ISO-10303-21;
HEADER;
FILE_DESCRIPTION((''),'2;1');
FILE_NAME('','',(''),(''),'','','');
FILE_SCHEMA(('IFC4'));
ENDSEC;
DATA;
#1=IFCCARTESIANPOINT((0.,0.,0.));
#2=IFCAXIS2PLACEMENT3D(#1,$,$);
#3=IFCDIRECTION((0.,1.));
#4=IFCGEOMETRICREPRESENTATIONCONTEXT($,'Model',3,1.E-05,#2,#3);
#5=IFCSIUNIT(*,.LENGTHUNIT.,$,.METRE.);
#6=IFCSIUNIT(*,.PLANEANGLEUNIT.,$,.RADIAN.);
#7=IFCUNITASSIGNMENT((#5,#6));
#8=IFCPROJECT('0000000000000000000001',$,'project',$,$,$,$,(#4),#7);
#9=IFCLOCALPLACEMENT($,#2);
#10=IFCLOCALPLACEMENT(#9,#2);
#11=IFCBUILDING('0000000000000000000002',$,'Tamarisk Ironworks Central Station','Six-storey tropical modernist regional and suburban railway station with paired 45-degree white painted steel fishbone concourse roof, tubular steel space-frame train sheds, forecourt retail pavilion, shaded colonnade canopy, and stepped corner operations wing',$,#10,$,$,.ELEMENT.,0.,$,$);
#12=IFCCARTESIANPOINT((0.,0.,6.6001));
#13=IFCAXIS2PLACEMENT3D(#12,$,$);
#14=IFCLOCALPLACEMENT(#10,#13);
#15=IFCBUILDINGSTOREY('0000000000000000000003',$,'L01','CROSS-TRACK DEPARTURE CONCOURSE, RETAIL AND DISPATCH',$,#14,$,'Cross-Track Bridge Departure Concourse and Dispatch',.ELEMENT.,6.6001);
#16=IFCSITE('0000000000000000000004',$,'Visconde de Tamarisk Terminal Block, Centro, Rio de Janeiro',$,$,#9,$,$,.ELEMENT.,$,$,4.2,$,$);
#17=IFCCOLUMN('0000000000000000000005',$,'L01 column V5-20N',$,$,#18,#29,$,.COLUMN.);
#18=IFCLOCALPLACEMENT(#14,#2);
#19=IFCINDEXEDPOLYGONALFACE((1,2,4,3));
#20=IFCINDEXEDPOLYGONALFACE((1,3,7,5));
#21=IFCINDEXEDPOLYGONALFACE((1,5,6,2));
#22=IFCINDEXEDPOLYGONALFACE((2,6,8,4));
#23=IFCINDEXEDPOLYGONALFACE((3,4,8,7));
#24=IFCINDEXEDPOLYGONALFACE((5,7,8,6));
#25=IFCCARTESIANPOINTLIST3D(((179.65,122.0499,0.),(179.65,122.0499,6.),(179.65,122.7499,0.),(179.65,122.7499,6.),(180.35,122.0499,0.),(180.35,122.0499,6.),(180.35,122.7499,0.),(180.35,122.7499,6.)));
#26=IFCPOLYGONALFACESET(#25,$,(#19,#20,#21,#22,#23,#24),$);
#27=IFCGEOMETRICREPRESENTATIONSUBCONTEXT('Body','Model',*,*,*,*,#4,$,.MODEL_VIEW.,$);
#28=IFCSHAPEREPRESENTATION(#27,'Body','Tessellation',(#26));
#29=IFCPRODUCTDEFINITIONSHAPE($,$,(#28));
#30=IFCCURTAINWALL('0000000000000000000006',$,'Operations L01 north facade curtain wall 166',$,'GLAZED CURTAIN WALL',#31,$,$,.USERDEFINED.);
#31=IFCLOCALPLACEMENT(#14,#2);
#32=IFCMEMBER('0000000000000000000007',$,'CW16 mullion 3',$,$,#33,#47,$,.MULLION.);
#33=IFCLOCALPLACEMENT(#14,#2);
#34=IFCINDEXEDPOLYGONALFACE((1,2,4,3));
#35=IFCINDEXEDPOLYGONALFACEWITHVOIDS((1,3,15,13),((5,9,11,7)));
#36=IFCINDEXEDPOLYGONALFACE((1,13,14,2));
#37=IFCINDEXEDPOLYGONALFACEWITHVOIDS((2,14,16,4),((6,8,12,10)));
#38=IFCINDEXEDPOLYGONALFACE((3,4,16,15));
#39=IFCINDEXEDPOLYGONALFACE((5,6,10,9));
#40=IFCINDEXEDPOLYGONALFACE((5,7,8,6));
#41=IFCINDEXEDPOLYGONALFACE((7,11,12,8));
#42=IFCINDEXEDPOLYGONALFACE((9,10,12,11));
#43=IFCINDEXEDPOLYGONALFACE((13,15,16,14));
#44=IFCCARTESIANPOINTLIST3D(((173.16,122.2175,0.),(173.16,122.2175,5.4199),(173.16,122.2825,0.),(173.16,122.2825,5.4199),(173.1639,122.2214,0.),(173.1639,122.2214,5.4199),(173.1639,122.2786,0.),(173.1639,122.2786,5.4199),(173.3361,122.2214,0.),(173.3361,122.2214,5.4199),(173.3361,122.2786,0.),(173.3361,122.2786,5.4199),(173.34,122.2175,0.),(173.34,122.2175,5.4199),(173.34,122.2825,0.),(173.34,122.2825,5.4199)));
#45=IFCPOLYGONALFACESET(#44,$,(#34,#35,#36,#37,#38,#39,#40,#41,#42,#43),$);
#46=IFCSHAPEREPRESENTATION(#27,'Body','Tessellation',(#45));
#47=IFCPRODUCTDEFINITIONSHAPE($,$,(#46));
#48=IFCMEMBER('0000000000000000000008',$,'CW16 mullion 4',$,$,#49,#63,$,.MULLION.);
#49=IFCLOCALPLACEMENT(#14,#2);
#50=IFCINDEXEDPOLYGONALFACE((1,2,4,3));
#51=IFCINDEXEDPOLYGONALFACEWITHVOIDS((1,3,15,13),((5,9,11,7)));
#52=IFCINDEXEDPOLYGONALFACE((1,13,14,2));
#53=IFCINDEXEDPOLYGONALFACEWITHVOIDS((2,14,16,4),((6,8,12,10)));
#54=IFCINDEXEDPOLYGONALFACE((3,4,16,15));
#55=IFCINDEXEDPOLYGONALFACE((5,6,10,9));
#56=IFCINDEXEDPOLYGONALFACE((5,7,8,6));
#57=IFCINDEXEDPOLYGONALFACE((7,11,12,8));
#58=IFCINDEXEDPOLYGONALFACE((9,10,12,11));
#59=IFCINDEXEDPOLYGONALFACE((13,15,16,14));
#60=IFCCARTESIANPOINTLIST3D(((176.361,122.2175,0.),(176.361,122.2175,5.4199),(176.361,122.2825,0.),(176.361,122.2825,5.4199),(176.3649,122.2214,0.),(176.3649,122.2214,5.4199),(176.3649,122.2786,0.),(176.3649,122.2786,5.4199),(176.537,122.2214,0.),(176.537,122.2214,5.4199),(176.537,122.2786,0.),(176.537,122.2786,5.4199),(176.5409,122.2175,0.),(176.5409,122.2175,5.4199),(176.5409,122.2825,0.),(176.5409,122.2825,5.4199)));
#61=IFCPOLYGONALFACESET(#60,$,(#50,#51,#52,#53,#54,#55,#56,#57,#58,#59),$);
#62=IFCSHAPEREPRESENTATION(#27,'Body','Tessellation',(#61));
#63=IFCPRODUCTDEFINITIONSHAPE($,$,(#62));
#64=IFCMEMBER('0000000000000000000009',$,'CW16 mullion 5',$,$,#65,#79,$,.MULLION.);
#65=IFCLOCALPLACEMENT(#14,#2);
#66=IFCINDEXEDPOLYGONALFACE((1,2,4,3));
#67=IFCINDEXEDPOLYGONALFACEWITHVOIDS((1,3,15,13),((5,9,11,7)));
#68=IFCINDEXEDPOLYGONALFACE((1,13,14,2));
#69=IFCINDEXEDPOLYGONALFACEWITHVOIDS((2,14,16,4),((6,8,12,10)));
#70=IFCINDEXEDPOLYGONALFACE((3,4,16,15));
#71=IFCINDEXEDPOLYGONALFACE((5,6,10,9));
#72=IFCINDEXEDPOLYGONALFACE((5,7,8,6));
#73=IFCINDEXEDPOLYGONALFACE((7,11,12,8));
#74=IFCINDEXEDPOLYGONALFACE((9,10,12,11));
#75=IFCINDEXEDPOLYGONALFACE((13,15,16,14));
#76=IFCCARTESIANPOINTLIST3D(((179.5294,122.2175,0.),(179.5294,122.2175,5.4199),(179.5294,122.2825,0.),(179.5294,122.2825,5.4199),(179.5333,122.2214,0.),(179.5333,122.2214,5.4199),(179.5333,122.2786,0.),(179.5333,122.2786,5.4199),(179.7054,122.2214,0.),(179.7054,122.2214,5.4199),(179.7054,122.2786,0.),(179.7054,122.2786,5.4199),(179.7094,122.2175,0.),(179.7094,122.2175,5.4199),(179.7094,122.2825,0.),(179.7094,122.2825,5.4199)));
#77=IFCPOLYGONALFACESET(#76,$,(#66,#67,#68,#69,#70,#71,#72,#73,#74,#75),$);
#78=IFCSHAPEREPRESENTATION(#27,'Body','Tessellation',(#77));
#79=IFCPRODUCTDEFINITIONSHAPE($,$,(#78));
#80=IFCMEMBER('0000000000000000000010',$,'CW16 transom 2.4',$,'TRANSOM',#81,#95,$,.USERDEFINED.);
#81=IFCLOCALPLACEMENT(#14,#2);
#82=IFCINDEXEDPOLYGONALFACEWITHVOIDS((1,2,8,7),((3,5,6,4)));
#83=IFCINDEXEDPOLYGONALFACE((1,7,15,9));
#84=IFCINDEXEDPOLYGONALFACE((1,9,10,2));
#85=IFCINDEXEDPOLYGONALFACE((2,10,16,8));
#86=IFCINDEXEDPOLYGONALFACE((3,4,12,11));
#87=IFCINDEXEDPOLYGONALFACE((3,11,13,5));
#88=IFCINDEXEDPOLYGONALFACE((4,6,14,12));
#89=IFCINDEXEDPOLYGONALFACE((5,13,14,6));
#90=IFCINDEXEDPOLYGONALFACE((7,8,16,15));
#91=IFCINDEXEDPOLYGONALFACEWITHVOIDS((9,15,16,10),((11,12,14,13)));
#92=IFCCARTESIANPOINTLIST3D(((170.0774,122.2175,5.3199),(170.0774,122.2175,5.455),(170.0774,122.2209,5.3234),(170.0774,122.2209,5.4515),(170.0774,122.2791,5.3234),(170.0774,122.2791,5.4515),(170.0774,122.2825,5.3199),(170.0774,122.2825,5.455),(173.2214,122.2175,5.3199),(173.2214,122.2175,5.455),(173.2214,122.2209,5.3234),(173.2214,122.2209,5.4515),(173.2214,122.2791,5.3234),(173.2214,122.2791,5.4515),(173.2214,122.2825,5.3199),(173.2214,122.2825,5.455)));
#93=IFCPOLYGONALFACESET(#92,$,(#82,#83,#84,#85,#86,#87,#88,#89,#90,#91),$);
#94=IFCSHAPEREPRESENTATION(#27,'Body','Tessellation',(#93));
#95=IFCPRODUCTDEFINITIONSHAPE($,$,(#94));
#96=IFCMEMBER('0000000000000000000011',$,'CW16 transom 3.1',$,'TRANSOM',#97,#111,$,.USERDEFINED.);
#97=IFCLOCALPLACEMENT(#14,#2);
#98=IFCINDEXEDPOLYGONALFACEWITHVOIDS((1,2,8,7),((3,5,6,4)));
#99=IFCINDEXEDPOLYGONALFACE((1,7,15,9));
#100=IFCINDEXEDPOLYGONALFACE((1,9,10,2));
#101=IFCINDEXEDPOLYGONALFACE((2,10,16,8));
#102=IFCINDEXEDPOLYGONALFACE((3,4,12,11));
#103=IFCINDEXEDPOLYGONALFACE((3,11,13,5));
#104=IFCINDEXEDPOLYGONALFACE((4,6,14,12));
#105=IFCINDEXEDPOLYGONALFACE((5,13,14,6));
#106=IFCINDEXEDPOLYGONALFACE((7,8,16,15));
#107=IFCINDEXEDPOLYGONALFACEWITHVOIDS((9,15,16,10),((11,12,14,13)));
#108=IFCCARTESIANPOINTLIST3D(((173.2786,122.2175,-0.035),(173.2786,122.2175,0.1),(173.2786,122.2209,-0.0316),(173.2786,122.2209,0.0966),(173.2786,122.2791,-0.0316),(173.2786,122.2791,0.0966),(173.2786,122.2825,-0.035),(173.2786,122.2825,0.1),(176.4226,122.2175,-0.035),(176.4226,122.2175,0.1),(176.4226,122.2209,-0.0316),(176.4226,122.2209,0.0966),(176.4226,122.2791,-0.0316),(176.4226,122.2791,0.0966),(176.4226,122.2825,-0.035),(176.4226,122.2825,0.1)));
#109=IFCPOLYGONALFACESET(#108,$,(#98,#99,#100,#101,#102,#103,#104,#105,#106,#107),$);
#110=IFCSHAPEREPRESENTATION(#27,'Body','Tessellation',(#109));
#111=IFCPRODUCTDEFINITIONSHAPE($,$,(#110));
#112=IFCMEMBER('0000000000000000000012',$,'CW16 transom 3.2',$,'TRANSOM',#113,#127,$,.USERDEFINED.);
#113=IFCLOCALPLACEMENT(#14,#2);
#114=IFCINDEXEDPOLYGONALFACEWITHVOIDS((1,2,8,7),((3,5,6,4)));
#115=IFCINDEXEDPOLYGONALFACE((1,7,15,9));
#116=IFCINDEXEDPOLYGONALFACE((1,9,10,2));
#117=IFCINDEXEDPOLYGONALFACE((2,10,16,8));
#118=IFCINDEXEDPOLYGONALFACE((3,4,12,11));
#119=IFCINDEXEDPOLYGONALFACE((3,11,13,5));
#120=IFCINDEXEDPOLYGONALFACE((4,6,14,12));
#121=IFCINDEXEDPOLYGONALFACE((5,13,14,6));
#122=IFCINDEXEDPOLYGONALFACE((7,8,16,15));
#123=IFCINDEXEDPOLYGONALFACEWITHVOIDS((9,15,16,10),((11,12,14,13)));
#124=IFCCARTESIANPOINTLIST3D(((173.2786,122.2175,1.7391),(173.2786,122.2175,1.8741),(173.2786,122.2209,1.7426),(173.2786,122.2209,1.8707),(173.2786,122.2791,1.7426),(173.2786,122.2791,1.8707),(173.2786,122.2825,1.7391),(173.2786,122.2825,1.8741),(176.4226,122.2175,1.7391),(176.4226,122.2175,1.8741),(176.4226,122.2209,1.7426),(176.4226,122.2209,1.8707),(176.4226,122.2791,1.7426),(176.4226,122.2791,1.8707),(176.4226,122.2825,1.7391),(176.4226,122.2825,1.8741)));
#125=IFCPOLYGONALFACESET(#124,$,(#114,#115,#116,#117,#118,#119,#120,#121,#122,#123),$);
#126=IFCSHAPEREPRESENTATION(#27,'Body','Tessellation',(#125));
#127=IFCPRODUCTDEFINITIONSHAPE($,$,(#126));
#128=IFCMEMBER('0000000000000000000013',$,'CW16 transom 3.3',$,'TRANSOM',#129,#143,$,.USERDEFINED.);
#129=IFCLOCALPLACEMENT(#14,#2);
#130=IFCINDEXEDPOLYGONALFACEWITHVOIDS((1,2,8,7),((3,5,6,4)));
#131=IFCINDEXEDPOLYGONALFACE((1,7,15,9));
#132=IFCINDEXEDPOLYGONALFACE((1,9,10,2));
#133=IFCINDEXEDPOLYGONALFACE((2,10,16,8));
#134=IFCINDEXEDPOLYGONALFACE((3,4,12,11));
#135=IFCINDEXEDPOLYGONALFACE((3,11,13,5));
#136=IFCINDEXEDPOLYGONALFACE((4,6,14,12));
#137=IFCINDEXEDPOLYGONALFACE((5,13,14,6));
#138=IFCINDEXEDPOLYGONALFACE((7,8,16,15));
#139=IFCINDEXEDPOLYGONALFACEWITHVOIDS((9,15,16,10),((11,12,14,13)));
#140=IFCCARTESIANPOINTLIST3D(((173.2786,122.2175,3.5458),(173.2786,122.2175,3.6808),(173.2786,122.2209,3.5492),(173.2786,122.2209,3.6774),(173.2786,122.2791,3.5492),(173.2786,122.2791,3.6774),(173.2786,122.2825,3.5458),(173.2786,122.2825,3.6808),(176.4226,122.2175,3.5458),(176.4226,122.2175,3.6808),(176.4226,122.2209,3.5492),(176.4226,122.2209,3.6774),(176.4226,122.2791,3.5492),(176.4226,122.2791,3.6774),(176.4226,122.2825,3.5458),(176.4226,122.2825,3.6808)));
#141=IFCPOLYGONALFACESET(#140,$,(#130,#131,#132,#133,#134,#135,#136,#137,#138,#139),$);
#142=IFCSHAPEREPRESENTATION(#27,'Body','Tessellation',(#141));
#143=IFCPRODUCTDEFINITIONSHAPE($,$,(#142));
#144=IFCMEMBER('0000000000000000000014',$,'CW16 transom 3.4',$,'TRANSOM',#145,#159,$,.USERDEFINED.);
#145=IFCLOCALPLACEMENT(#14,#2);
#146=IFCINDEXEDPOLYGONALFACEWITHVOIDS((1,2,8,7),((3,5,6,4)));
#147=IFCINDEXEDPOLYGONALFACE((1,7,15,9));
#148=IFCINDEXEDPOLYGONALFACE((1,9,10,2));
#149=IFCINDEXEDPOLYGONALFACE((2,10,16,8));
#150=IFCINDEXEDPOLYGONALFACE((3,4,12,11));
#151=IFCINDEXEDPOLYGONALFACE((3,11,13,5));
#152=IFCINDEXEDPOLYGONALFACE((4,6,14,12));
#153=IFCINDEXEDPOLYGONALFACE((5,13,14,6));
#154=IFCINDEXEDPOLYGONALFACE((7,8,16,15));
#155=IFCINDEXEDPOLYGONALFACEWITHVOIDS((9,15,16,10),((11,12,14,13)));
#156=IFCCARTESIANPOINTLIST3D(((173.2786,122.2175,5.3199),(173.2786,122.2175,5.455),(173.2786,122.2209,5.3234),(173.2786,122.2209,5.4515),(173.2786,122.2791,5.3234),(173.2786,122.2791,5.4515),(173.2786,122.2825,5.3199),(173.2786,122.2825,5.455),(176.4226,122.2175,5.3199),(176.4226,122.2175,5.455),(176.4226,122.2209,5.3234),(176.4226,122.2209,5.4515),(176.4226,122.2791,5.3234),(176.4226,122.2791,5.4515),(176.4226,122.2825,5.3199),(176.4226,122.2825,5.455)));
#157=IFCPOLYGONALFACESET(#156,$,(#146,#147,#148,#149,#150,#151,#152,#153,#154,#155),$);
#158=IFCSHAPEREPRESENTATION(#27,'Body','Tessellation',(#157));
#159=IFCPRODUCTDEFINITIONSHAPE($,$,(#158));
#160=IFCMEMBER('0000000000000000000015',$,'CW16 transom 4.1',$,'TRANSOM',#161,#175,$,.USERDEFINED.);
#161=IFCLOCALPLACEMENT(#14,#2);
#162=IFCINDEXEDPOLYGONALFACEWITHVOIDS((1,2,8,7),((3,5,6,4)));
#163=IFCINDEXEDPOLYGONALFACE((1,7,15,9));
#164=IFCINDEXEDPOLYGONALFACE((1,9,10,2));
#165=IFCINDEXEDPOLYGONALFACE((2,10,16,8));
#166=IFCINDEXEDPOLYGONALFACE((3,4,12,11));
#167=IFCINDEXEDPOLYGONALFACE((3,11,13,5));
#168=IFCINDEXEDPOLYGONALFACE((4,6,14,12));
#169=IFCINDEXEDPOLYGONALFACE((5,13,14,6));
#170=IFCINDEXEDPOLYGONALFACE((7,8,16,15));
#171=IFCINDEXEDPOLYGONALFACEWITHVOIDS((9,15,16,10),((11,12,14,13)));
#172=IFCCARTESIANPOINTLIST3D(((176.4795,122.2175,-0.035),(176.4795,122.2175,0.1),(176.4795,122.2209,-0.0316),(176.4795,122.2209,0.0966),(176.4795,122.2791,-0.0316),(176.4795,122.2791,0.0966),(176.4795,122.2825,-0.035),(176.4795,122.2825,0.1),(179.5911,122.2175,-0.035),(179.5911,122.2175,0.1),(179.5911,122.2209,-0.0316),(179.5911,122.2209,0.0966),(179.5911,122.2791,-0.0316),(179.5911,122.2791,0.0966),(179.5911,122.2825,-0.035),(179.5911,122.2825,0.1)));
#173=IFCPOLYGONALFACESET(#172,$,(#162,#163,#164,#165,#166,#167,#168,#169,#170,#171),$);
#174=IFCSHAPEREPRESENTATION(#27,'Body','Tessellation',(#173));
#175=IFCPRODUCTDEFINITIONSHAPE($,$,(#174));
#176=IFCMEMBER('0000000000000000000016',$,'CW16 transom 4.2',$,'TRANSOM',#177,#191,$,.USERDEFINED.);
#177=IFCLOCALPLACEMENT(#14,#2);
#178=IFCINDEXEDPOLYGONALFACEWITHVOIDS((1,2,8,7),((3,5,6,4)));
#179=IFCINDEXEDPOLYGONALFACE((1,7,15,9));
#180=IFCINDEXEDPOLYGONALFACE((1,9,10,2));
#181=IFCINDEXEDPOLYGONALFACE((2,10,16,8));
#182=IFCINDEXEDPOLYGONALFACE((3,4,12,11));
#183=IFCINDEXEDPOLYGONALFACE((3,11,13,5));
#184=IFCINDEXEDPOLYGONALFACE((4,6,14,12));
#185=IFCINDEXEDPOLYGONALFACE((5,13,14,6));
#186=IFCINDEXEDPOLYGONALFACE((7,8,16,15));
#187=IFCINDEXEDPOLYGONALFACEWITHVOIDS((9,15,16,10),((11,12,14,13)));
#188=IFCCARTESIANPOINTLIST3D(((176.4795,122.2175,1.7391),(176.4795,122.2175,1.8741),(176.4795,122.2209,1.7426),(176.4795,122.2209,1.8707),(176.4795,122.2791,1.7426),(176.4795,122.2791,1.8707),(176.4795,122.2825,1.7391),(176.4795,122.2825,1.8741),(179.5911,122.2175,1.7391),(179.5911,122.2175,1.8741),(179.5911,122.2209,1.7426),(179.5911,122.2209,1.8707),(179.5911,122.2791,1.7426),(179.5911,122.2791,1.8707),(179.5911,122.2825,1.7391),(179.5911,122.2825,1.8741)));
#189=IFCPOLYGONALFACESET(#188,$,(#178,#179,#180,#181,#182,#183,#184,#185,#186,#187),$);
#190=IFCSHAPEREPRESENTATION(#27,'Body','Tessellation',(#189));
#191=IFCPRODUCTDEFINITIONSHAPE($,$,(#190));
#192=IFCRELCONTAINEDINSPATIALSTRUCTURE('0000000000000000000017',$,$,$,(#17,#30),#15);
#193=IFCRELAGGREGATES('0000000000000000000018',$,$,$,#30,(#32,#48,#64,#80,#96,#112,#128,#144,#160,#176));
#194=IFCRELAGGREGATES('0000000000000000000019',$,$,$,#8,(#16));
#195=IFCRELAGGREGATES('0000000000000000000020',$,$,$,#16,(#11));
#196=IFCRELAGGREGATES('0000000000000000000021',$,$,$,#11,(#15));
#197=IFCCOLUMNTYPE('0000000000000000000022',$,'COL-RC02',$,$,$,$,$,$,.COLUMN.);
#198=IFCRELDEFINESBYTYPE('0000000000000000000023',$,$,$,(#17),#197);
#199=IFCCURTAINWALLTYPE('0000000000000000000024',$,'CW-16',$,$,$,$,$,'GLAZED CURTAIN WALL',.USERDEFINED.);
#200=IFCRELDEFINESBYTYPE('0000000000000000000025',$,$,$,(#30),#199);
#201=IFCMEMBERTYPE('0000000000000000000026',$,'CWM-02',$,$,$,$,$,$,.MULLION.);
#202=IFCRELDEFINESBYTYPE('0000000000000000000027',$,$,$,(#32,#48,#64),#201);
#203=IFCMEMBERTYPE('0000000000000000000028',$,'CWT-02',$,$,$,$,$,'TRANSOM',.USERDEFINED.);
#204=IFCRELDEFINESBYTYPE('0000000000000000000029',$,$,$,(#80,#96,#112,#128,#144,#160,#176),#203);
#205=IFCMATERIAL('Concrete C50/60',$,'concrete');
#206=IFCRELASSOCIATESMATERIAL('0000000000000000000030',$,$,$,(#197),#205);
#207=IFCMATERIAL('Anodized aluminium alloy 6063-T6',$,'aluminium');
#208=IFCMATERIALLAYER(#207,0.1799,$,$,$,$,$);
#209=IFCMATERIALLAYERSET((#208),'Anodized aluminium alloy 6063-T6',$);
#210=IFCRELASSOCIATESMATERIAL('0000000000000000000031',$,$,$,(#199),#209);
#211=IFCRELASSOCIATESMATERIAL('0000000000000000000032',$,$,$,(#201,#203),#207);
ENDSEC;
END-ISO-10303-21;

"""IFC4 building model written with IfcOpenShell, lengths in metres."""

from ifc_helpers import new_model, si_unit, direction, frame, origin, origin_2d, place, context, subcontext, project, spatial, rectangle, hollow_rectangle, extrude, material, layer, layer_set, material_profile, profile_set, type_object, element, aggregate, save


model = new_model("IFC4")

# Units and contexts
model_context = context("Model", 3, precision=1e-05, world=origin(), true_north=direction((0.0, 1.0)))
body_context = subcontext(model_context, "Body", "Model", "MODEL_VIEW")
ifc_project = project(units=[si_unit("LENGTHUNIT", "METRE"), si_unit("PLANEANGLEUNIT", "RADIAN")], contexts=[model_context])

# Site, building, storey
site_placement = place(None, origin())
site = spatial("IfcSite", under=ifc_project, at=site_placement, Name="Visconde de Tamarisk Terminal Block, Centro, Rio de Janeiro", CompositionType="ELEMENT", RefElevation=4.2)
building_placement = place(site_placement, origin())
building = spatial("IfcBuilding", under=site, at=building_placement, Name="Tamarisk Ironworks Central Station", Description="Six-storey tropical modernist regional and suburban railway station with paired 45-degree white painted steel fishbone concourse roof, tubular steel space-frame train sheds, forecourt retail pavilion, shaded colonnade canopy, and stepped corner operations wing", CompositionType="ELEMENT", ElevationOfRefHeight=0.0)
storey_placement = place(building_placement, frame((0.0, 0.0, 6.6001)))
storey = spatial("IfcBuildingStorey", under=building, at=storey_placement, Name="L01", Description="CROSS-TRACK DEPARTURE CONCOURSE, RETAIL AND DISPATCH", LongName="Cross-Track Bridge Departure Concourse and Dispatch", CompositionType="ELEMENT", Elevation=6.6001)

# Column
ifc_material_1 = material(Name="Concrete C50/60", Category="concrete")
ifc_material_profile_1 = material_profile(ifc_material_1, rectangle(XDim=0.7, YDim=0.7, at=origin_2d()), Name="RC 700x700")
ifc_profile_set_1 = profile_set([ifc_material_profile_1], Name="Concrete C50/60")
column_type = type_object("IfcColumnType", Name="COL-RC02", PredefinedType="COLUMN", material=ifc_profile_set_1)
column_placement = place(storey_placement, frame((180.0, 122.3999, 0.0), z_axis=(0.0, 0.0, 1.0), x_axis=(1.0, 0.0, 0.0)))
element("IfcColumn", 1, at=column_placement, inside=storey, type_object=column_type, Name="L01 column V5-20N", PredefinedType="COLUMN", context=body_context, shape_type="SweptSolid", body=[
    extrude(rectangle(XDim=0.7, YDim=0.7, at=origin_2d()), origin(), (0.0, 0.0, 1.0), 6.0),
])

# Curtain wall, members
ifc_material_2 = material(Name="Anodized aluminium alloy 6063-T6", Category="aluminium")
ifc_layer_1 = layer(ifc_material_2, 0.1799)
ifc_layer_set_1 = layer_set([ifc_layer_1], Name="Anodized aluminium alloy 6063-T6")
curtain_wall_type = type_object("IfcCurtainWallType", Name="CW-16", ElementType="GLAZED CURTAIN WALL", PredefinedType="USERDEFINED", material=ifc_layer_set_1)
curtain_wall_placement = place(storey_placement, origin())
curtain_wall = element("IfcCurtainWall", 2, at=curtain_wall_placement, inside=storey, type_object=curtain_wall_type, Name="Operations L01 north facade curtain wall 166", ObjectType="GLAZED CURTAIN WALL", PredefinedType="USERDEFINED")
ifc_material_profile_2 = material_profile(ifc_material_2, hollow_rectangle(XDim=0.0649, YDim=0.1799, WallThickness=0.0039, at=origin_2d()), Name="ALUM 180x65")
ifc_profile_set_2 = profile_set([ifc_material_profile_2], Name="Anodized aluminium alloy 6063-T6")
member_type_1 = type_object("IfcMemberType", Name="CWM-02", PredefinedType="MULLION", material=ifc_profile_set_2)
member_1_placement = place(storey_placement, frame((173.25, 122.25, 0.0), z_axis=(0.0, 0.0, 1.0), x_axis=(0.0, 1.0, 0.0)))
member_1 = element("IfcMember", 3, at=member_1_placement, type_object=member_type_1, Name="CW16 mullion 3", PredefinedType="MULLION", context=body_context, shape_type="SweptSolid", body=[
    extrude(hollow_rectangle(XDim=0.0649, YDim=0.1799, WallThickness=0.0039, at=origin_2d()), origin(), (0.0, 0.0, 1.0), 5.4199),
])
member_2_placement = place(storey_placement, frame((176.4509, 122.25, 0.0), z_axis=(0.0, 0.0, 1.0), x_axis=(0.0, 1.0, 0.0)))
member_2 = element("IfcMember", 4, at=member_2_placement, type_object=member_type_1, Name="CW16 mullion 4", PredefinedType="MULLION", context=body_context, shape_type="SweptSolid", body=[
    extrude(hollow_rectangle(XDim=0.0649, YDim=0.1799, WallThickness=0.0039, at=origin_2d()), origin(), (0.0, 0.0, 1.0), 5.4199),
])
member_3_placement = place(storey_placement, frame((179.6194, 122.25, 0.0), z_axis=(0.0, 0.0, 1.0), x_axis=(0.0, 1.0, 0.0)))
member_3 = element("IfcMember", 5, at=member_3_placement, type_object=member_type_1, Name="CW16 mullion 5", PredefinedType="MULLION", context=body_context, shape_type="SweptSolid", body=[
    extrude(hollow_rectangle(XDim=0.0649, YDim=0.1799, WallThickness=0.0039, at=origin_2d()), origin(), (0.0, 0.0, 1.0), 5.4199),
])
ifc_material_profile_3 = material_profile(ifc_material_2, hollow_rectangle(XDim=0.0649, YDim=0.135, WallThickness=0.0034, at=origin_2d()), Name="ALUM 135x65")
ifc_profile_set_3 = profile_set([ifc_material_profile_3], Name="Anodized aluminium alloy 6063-T6")
member_type_2 = type_object("IfcMemberType", Name="CWT-02", ElementType="TRANSOM", PredefinedType="USERDEFINED", material=ifc_profile_set_3)
member_4_placement = place(storey_placement, frame((170.0774, 122.25, 5.3875), z_axis=(1.0, 0.0, 0.0), x_axis=(0.0, 1.0, 0.0)))
member_4 = element("IfcMember", 6, at=member_4_placement, type_object=member_type_2, Name="CW16 transom 2.4", ObjectType="TRANSOM", PredefinedType="USERDEFINED", context=body_context, shape_type="SweptSolid", body=[
    extrude(hollow_rectangle(XDim=0.0649, YDim=0.135, WallThickness=0.0034, at=origin_2d()), origin(), (0.0, 0.0, 1.0), 3.144),
])
member_5_placement = place(storey_placement, frame((173.2786, 122.25, 0.0325), z_axis=(1.0, 0.0, 0.0), x_axis=(0.0, 1.0, 0.0)))
member_5 = element("IfcMember", 7, at=member_5_placement, type_object=member_type_2, Name="CW16 transom 3.1", ObjectType="TRANSOM", PredefinedType="USERDEFINED", context=body_context, shape_type="SweptSolid", body=[
    extrude(hollow_rectangle(XDim=0.0649, YDim=0.135, WallThickness=0.0034, at=origin_2d()), origin(), (0.0, 0.0, 1.0), 3.144),
])
member_6_placement = place(storey_placement, frame((173.2786, 122.25, 1.8066), z_axis=(1.0, 0.0, 0.0), x_axis=(0.0, 1.0, 0.0)))
member_6 = element("IfcMember", 8, at=member_6_placement, type_object=member_type_2, Name="CW16 transom 3.2", ObjectType="TRANSOM", PredefinedType="USERDEFINED", context=body_context, shape_type="SweptSolid", body=[
    extrude(hollow_rectangle(XDim=0.0649, YDim=0.135, WallThickness=0.0034, at=origin_2d()), origin(), (0.0, 0.0, 1.0), 3.144),
])
member_7_placement = place(storey_placement, frame((173.2786, 122.25, 3.6133), z_axis=(1.0, 0.0, 0.0), x_axis=(0.0, 1.0, 0.0)))
member_7 = element("IfcMember", 9, at=member_7_placement, type_object=member_type_2, Name="CW16 transom 3.3", ObjectType="TRANSOM", PredefinedType="USERDEFINED", context=body_context, shape_type="SweptSolid", body=[
    extrude(hollow_rectangle(XDim=0.0649, YDim=0.135, WallThickness=0.0034, at=origin_2d()), origin(), (0.0, 0.0, 1.0), 3.144),
])
member_8_placement = place(storey_placement, frame((173.2786, 122.25, 5.3875), z_axis=(1.0, 0.0, 0.0), x_axis=(0.0, 1.0, 0.0)))
member_8 = element("IfcMember", 10, at=member_8_placement, type_object=member_type_2, Name="CW16 transom 3.4", ObjectType="TRANSOM", PredefinedType="USERDEFINED", context=body_context, shape_type="SweptSolid", body=[
    extrude(hollow_rectangle(XDim=0.0649, YDim=0.135, WallThickness=0.0034, at=origin_2d()), origin(), (0.0, 0.0, 1.0), 3.144),
])
member_9_placement = place(storey_placement, frame((176.4795, 122.25, 0.0325), z_axis=(1.0, 0.0, 0.0), x_axis=(0.0, 1.0, 0.0)))
member_9 = element("IfcMember", 11, at=member_9_placement, type_object=member_type_2, Name="CW16 transom 4.1", ObjectType="TRANSOM", PredefinedType="USERDEFINED", context=body_context, shape_type="SweptSolid", body=[
    extrude(hollow_rectangle(XDim=0.0649, YDim=0.135, WallThickness=0.0034, at=origin_2d()), origin(), (0.0, 0.0, 1.0), 3.1116),
])
member_10_placement = place(storey_placement, frame((176.4795, 122.25, 1.8066), z_axis=(1.0, 0.0, 0.0), x_axis=(0.0, 1.0, 0.0)))
member_10 = element("IfcMember", 12, at=member_10_placement, type_object=member_type_2, Name="CW16 transom 4.2", ObjectType="TRANSOM", PredefinedType="USERDEFINED", context=body_context, shape_type="SweptSolid", body=[
    extrude(hollow_rectangle(XDim=0.0649, YDim=0.135, WallThickness=0.0034, at=origin_2d()), origin(), (0.0, 0.0, 1.0), 3.1116),
])
aggregate(curtain_wall, [member_1, member_2, member_3, member_4, member_5, member_6, member_7, member_8, member_9, member_10])

save(model, "model.ifc")
